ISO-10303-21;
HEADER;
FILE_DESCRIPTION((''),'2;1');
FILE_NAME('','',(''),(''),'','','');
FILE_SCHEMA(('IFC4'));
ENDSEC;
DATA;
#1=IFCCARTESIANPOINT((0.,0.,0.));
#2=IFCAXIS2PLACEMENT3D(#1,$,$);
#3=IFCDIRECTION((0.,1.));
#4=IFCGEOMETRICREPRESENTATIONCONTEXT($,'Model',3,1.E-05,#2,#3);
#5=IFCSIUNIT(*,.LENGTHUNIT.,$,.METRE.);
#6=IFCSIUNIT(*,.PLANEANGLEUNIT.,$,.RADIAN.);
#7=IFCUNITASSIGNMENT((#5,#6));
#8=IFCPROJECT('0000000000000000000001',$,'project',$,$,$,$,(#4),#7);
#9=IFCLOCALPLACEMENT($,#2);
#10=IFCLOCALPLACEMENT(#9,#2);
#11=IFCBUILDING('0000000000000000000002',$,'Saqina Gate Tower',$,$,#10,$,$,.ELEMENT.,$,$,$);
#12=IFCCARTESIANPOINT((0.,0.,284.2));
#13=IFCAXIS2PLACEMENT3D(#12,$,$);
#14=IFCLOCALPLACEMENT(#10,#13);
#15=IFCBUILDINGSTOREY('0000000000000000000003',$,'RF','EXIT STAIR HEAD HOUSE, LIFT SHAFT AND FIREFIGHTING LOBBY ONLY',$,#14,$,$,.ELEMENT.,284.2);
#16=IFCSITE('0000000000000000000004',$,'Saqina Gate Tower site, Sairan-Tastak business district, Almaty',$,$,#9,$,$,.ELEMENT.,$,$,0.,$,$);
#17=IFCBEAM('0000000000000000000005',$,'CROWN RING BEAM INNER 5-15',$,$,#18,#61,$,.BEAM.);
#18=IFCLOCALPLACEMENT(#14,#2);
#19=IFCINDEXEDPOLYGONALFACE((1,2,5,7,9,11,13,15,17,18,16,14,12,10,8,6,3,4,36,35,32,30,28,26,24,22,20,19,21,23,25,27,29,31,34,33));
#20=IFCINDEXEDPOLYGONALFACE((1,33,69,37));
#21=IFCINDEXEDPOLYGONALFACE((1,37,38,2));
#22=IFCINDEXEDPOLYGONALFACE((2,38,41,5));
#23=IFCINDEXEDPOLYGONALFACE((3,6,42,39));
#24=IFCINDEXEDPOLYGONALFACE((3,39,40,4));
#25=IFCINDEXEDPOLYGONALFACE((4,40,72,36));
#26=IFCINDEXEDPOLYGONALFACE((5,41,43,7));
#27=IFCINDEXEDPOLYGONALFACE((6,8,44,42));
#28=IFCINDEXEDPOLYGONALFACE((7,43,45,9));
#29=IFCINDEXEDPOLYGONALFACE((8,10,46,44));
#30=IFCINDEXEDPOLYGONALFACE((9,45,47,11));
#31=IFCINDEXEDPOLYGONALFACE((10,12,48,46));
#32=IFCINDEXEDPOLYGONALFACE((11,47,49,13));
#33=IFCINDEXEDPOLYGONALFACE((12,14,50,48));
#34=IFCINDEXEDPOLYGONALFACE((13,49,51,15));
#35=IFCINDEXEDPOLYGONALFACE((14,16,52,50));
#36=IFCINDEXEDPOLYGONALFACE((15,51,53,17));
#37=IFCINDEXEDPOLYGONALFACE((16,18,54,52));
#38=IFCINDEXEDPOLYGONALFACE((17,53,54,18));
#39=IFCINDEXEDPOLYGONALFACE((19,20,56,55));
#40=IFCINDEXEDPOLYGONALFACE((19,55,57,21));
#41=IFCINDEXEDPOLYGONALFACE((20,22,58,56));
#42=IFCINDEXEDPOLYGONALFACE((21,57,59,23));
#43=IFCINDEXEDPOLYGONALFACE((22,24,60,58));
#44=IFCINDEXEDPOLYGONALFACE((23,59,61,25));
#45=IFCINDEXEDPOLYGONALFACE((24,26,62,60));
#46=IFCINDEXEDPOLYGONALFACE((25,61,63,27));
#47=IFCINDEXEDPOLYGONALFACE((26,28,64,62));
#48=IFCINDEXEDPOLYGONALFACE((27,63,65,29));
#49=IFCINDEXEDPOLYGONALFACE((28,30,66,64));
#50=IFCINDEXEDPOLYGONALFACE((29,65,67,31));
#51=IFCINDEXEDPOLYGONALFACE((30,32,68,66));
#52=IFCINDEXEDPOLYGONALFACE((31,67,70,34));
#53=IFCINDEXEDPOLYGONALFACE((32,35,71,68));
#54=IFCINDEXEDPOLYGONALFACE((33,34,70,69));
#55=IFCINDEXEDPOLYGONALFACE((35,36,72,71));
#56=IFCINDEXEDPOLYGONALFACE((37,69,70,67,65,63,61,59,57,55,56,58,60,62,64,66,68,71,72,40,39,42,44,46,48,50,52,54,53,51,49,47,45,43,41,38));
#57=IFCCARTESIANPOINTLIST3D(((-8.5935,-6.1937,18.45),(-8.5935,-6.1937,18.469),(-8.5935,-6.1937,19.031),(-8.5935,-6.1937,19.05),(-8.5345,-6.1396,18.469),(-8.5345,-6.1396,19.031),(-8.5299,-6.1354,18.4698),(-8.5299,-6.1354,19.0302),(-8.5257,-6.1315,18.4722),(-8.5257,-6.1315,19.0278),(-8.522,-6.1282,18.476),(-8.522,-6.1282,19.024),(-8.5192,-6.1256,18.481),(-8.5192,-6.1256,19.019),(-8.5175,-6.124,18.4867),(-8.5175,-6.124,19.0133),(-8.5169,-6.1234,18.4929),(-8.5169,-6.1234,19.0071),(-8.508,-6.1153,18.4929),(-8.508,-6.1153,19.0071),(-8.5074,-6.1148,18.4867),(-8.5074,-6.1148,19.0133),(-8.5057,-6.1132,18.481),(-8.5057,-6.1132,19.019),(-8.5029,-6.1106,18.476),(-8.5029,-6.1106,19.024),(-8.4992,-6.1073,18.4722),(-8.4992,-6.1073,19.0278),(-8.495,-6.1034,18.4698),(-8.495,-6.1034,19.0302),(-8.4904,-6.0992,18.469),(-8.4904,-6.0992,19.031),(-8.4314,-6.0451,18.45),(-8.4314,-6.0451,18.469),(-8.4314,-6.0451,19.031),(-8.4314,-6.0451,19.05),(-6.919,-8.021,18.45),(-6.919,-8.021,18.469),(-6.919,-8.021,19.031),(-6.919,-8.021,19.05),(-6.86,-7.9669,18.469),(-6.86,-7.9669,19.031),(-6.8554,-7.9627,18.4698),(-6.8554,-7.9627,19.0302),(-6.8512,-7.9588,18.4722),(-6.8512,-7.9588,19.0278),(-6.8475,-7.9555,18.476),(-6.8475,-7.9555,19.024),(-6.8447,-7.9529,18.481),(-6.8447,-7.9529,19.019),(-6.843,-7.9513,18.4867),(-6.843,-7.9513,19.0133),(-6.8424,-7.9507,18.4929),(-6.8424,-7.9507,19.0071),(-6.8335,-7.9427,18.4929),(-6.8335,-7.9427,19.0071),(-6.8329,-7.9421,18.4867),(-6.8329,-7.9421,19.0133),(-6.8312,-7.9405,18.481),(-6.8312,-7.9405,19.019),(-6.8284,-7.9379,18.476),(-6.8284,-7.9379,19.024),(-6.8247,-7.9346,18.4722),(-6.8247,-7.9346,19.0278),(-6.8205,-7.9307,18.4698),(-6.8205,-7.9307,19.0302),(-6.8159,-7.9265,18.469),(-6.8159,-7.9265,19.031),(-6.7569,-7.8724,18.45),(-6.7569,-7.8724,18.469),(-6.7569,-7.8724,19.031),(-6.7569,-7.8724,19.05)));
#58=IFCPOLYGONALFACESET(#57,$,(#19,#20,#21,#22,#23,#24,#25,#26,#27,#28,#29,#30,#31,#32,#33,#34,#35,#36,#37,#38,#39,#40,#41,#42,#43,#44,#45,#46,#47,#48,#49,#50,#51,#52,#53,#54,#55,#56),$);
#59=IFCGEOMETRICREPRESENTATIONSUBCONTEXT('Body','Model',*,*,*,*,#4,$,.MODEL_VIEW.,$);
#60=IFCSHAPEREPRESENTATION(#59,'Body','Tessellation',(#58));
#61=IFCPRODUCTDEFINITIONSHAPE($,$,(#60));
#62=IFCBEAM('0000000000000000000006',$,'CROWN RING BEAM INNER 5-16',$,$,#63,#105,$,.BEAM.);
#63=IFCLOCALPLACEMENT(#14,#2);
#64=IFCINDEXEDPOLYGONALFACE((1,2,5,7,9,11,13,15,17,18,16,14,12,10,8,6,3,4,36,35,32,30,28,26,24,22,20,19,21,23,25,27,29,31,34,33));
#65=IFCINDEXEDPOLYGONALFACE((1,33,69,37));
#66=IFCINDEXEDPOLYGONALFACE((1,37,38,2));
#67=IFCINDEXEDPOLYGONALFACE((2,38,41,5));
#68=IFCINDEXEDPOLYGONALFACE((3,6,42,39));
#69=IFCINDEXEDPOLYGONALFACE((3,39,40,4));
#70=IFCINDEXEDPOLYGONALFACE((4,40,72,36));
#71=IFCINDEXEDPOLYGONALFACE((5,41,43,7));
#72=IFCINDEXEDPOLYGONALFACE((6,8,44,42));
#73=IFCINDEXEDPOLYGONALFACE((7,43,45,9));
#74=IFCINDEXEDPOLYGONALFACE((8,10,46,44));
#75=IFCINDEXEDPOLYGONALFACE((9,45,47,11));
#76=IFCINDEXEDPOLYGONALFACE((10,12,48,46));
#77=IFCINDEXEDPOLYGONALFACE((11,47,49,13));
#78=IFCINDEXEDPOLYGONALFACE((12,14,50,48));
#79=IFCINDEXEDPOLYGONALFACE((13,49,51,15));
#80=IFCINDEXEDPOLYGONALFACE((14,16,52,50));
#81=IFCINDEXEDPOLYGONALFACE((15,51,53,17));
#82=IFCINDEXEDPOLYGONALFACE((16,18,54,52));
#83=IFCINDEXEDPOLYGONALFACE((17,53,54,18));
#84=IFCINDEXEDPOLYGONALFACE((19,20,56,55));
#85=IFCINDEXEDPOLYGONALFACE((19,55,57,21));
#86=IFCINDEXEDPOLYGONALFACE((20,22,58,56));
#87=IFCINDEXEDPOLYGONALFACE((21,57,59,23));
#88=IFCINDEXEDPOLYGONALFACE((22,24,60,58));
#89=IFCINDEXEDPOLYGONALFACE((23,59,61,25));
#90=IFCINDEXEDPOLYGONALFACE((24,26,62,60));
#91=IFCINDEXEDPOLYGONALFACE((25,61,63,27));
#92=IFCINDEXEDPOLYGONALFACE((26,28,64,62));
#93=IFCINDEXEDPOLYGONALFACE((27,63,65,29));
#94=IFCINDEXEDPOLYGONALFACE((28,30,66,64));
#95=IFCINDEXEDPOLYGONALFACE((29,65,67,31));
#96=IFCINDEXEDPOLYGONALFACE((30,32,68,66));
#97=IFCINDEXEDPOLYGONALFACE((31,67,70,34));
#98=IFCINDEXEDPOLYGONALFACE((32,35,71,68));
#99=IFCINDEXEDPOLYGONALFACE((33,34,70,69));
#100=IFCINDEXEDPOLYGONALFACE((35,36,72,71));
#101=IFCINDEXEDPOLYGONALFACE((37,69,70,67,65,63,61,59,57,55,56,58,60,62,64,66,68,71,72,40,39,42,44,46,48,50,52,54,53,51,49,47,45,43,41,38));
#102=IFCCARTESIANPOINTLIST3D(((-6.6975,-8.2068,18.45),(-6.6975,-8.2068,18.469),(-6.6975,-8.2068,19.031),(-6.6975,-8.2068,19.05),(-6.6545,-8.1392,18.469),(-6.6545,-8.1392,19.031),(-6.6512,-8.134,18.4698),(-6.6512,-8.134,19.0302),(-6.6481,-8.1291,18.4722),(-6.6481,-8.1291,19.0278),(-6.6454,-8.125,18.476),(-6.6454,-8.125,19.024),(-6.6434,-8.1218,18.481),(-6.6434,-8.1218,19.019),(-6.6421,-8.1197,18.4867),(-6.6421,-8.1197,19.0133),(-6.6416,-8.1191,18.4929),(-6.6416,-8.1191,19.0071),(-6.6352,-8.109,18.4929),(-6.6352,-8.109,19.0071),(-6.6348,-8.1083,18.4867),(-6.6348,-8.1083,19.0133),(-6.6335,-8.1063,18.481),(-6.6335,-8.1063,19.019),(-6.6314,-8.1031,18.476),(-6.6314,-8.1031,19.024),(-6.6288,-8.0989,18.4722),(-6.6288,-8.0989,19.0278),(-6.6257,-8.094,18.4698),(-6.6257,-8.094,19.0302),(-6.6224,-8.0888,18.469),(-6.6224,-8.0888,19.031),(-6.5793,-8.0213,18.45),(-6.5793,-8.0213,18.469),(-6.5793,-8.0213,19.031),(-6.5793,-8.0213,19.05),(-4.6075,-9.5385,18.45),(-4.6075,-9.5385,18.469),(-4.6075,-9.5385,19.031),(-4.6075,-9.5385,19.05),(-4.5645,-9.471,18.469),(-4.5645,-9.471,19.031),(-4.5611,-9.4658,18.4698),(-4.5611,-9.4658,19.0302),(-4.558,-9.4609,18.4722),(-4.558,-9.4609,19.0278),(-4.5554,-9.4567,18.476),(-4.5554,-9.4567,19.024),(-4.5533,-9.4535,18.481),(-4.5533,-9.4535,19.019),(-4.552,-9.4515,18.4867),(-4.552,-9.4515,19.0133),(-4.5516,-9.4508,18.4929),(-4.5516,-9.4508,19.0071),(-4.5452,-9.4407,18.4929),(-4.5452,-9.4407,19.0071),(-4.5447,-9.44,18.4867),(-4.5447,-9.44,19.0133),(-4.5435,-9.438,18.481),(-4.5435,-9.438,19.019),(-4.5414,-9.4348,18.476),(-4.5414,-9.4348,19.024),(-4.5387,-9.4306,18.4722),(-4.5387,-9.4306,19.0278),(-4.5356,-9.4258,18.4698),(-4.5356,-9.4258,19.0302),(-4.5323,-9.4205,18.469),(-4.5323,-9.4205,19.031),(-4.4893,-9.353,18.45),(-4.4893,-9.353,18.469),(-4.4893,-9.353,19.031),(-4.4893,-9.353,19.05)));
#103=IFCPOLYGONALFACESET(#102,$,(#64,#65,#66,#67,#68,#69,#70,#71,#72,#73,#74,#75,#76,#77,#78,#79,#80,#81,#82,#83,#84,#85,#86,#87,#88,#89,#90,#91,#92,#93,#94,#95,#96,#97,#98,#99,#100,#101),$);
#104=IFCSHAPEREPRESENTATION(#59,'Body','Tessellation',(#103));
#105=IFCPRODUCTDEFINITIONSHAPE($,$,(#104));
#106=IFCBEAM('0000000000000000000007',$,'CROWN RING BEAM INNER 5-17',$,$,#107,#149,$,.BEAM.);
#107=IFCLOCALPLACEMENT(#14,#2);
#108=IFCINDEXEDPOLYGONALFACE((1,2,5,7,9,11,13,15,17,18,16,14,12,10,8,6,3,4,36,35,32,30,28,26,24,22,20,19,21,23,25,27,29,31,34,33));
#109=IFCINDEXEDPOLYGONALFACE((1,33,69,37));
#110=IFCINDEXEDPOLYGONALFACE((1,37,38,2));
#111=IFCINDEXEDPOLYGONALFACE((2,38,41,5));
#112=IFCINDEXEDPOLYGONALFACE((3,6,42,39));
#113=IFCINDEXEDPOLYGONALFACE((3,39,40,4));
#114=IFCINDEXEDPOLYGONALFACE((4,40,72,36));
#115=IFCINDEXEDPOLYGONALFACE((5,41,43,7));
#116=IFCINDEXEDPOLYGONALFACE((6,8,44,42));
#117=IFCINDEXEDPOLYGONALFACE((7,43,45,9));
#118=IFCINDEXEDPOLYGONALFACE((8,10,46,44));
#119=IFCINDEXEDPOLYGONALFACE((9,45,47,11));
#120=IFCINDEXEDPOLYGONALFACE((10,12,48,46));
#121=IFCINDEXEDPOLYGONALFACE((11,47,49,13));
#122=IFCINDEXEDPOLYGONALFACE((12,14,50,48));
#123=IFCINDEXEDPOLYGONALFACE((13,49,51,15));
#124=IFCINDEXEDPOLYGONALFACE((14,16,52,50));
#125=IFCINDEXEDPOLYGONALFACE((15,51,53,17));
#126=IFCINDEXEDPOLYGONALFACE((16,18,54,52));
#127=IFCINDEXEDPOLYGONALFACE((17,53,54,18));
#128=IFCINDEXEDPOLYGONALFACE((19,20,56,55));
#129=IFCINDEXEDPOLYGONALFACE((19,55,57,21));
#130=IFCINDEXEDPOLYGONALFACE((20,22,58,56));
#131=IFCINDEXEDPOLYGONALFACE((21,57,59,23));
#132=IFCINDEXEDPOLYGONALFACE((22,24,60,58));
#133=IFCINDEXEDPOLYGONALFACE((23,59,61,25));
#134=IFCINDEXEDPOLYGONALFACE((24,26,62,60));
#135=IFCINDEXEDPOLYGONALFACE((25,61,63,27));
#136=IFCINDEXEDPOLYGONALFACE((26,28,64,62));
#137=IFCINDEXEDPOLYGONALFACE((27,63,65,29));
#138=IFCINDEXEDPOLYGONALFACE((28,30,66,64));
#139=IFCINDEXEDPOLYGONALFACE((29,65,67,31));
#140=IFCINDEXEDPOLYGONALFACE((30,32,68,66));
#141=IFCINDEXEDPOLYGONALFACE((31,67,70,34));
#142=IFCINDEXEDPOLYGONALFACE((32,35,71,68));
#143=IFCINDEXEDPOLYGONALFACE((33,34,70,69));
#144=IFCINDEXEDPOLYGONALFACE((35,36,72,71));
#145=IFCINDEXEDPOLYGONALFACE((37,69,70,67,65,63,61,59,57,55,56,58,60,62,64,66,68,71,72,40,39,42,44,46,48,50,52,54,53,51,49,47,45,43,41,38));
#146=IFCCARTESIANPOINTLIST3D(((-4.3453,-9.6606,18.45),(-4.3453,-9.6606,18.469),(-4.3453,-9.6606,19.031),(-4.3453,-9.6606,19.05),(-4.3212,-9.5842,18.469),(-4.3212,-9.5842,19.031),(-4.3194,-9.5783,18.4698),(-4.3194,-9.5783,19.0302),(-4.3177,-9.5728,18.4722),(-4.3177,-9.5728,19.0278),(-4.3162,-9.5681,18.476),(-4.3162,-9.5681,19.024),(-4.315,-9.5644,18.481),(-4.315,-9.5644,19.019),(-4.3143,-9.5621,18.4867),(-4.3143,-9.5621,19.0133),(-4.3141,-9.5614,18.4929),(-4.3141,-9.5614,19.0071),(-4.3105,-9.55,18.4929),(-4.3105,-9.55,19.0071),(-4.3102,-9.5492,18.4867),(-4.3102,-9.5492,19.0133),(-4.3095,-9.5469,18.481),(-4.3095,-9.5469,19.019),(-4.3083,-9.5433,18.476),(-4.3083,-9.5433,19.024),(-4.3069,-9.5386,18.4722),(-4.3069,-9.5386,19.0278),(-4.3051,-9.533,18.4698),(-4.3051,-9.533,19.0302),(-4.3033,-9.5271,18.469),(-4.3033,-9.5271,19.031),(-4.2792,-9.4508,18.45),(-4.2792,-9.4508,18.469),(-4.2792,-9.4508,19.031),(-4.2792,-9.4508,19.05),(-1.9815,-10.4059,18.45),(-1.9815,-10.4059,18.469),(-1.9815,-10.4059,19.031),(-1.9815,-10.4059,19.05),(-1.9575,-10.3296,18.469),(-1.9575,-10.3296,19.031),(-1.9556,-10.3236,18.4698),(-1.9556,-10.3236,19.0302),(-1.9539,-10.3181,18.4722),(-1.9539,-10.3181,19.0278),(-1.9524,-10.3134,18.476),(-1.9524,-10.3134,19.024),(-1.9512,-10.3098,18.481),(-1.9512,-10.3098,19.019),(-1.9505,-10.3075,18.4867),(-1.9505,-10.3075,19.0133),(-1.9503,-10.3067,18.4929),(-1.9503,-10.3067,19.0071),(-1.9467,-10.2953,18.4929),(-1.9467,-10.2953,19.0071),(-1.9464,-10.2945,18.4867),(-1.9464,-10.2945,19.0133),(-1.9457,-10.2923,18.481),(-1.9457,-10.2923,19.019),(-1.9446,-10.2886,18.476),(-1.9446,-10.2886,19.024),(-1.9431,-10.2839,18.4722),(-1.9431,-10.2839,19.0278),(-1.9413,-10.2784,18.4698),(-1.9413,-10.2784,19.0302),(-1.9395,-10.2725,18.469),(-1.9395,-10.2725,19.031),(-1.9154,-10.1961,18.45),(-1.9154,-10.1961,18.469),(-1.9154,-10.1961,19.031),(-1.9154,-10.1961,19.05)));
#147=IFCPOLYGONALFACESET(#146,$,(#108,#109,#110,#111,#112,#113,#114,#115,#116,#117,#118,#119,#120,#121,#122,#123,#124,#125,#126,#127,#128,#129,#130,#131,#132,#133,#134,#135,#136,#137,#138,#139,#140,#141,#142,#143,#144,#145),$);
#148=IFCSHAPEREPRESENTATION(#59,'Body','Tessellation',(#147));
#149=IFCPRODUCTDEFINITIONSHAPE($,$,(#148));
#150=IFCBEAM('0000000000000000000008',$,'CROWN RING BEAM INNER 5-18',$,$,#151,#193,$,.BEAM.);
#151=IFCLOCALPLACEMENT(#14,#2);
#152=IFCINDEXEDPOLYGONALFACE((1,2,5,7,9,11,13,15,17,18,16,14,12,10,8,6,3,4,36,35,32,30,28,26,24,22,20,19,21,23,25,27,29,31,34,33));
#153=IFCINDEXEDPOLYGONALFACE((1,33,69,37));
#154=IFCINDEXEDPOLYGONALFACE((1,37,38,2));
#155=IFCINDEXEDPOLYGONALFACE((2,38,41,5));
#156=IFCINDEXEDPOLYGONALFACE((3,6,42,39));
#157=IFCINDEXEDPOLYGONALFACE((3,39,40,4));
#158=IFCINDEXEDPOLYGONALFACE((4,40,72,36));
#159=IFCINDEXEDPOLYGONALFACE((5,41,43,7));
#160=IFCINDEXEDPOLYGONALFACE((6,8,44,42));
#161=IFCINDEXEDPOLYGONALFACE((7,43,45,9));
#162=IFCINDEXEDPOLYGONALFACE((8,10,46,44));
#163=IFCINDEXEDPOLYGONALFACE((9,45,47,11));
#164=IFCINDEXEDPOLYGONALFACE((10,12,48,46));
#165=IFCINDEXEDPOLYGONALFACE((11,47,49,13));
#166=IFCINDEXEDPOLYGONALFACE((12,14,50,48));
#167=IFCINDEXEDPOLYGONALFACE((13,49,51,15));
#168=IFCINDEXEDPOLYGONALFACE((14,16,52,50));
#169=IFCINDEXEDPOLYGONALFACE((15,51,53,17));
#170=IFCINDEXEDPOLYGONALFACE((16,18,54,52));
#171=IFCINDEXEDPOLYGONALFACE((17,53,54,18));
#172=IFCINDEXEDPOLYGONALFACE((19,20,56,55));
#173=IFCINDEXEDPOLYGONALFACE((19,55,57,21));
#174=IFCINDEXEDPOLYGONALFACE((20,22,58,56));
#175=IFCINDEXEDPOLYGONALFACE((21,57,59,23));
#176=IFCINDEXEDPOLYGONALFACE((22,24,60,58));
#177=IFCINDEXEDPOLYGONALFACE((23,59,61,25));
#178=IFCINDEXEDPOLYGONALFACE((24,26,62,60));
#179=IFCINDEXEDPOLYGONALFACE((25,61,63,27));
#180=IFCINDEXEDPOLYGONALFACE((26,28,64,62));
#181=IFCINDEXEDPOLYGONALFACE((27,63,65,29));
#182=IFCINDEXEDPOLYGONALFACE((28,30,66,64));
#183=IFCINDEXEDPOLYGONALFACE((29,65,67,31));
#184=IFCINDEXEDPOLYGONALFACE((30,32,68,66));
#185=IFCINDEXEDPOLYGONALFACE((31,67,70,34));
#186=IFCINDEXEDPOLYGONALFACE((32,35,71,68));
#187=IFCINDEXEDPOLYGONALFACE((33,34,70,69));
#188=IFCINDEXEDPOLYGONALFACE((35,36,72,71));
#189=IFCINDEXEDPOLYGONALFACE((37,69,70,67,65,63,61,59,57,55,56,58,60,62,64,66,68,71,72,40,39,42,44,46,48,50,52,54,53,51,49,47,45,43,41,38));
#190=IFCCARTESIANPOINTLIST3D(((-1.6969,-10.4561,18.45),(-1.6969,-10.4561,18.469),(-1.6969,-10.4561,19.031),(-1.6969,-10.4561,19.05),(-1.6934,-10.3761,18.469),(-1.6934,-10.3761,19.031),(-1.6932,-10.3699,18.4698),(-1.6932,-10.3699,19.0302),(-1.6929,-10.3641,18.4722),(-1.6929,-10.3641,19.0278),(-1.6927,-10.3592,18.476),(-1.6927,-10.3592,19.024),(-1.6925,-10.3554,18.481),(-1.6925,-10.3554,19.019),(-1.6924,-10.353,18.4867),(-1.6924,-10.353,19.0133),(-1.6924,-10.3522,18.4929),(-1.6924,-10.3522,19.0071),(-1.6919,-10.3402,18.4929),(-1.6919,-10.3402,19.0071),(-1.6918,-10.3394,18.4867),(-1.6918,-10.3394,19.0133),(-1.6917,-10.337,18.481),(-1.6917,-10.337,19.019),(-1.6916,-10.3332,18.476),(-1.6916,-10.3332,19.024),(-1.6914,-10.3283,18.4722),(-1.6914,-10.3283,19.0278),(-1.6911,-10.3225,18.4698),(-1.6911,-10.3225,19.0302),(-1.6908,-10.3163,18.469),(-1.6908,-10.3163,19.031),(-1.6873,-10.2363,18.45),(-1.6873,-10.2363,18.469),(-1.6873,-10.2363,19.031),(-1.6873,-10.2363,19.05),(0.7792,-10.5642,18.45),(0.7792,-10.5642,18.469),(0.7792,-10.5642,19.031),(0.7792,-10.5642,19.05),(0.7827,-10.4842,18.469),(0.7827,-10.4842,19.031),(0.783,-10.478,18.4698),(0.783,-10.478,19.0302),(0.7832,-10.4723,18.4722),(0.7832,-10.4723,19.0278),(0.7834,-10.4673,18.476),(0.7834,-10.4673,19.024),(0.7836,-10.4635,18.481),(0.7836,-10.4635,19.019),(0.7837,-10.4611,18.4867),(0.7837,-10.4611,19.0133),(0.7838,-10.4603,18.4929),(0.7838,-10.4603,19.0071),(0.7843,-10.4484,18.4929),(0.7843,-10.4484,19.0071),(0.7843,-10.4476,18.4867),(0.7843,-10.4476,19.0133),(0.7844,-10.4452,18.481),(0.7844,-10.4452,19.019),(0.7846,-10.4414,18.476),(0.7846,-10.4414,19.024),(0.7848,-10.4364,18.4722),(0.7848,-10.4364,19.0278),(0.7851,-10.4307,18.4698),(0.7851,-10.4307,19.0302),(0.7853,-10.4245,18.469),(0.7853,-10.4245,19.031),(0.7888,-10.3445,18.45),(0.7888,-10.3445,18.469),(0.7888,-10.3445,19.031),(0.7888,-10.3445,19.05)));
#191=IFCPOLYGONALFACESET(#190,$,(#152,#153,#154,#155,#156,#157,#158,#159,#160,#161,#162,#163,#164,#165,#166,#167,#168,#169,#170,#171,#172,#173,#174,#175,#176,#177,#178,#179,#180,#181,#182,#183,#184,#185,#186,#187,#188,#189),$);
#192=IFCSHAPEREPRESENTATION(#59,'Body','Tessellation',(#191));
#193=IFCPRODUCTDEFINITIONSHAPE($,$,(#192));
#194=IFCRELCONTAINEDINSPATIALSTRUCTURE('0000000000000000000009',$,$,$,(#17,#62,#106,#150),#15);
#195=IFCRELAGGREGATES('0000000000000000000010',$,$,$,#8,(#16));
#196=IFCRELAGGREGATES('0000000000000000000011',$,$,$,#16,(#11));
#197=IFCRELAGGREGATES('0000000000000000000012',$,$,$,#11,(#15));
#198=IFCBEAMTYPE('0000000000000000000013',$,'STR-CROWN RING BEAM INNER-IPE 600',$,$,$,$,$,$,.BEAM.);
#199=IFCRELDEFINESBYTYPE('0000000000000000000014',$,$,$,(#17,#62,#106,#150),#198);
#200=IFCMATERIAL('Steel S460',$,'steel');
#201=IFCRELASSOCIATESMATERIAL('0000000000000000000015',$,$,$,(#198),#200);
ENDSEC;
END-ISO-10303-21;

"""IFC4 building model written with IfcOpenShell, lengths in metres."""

from ifc_helpers import new_model, si_unit, direction, frame, origin, origin_2d, place, context, subcontext, project, spatial, i_section, extrude, material, material_profile, profile_set, type_object, element, save


model = new_model("IFC4")

# Units and contexts
model_context = context("Model", 3, precision=1e-05, world=origin(), true_north=direction((0.0, 1.0)))
body_context = subcontext(model_context, "Body", "Model", "MODEL_VIEW")
ifc_project = project(units=[si_unit("LENGTHUNIT", "METRE"), si_unit("PLANEANGLEUNIT", "RADIAN")], contexts=[model_context])

# Site, building, storey
site_placement = place(None, origin())
site = spatial("IfcSite", under=ifc_project, at=site_placement, Name="Saqina Gate Tower site, Sairan-Tastak business district, Almaty", CompositionType="ELEMENT", RefElevation=0.0)
building_placement = place(site_placement, origin())
building = spatial("IfcBuilding", under=site, at=building_placement, Name="Saqina Gate Tower", CompositionType="ELEMENT")
storey_placement = place(building_placement, frame((0.0, 0.0, 284.2)))
storey = spatial("IfcBuildingStorey", under=building, at=storey_placement, Name="RF", Description="EXIT STAIR HEAD HOUSE, LIFT SHAFT AND FIREFIGHTING LOBBY ONLY", CompositionType="ELEMENT", Elevation=284.2)

# Beams
ifc_material_1 = material(Name="Steel S460", Category="steel")
ifc_material_profile_1 = material_profile(ifc_material_1, i_section(OverallWidth=0.22, OverallDepth=0.6001, WebThickness=0.012, FlangeThickness=0.019, FilletRadius=0.0239, at=origin_2d()), Name="IPE 600")
ifc_profile_set_1 = profile_set([ifc_material_profile_1], Name="Steel S460")
beam_type_1 = type_object("IfcBeamType", Name="STR-CROWN RING BEAM INNER-IPE 600", PredefinedType="BEAM", material=ifc_profile_set_1)
beam_1_placement = place(storey_placement, frame((-8.5125, -6.1194, 18.75), z_axis=(0.675604, -0.737265, 0.0), x_axis=(0.737265, 0.675604, 0.0)))
element("IfcBeam", 1, at=beam_1_placement, inside=storey, type_object=beam_type_1, Name="CROWN RING BEAM INNER 5-15", PredefinedType="BEAM", context=body_context, shape_type="SweptSolid", body=[
    extrude(i_section(OverallWidth=0.22, OverallDepth=0.6001, WebThickness=0.012, FlangeThickness=0.019, FilletRadius=0.0239, at=origin_2d()), origin(), (0.0, 0.0, 1.0), 2.4785),
])
beam_2_placement = place(storey_placement, frame((-6.6384, -8.114, 18.75), z_axis=(0.843345, -0.537373, 0.0), x_axis=(0.537373, 0.843345, 0.0)))
element("IfcBeam", 2, at=beam_2_placement, inside=storey, type_object=beam_type_1, Name="CROWN RING BEAM INNER 5-16", PredefinedType="BEAM", context=body_context, shape_type="SweptSolid", body=[
    extrude(i_section(OverallWidth=0.22, OverallDepth=0.6001, WebThickness=0.012, FlangeThickness=0.019, FilletRadius=0.0239, at=origin_2d()), origin(), (0.0, 0.0, 1.0), 2.4783),
])
for number, where, z_axis, x_axis, name in (
    (3, (-4.3123, -9.5557, 18.75), (0.953709, -0.300731, 0.0), (0.300731, 0.953709, 0.0), "CROWN RING BEAM INNER 5-17"),
    (4, (-1.6921, -10.3462, 18.75), (0.999047, -0.043638, 0.0), (0.043638, 0.999047, 0.0), "CROWN RING BEAM INNER 5-18"),
):
    element("IfcBeam", number, at=place(storey_placement, frame(where, z_axis=z_axis, x_axis=x_axis)), inside=storey, type_object=beam_type_1, Name=name, PredefinedType="BEAM", context=body_context, shape_type="SweptSolid", body=[
        extrude(i_section(OverallWidth=0.22, OverallDepth=0.6001, WebThickness=0.012, FlangeThickness=0.019, FilletRadius=0.0239, at=origin_2d()), origin(), (0.0, 0.0, 1.0), 2.4785),
    ])

save(model, "model.ifc")
